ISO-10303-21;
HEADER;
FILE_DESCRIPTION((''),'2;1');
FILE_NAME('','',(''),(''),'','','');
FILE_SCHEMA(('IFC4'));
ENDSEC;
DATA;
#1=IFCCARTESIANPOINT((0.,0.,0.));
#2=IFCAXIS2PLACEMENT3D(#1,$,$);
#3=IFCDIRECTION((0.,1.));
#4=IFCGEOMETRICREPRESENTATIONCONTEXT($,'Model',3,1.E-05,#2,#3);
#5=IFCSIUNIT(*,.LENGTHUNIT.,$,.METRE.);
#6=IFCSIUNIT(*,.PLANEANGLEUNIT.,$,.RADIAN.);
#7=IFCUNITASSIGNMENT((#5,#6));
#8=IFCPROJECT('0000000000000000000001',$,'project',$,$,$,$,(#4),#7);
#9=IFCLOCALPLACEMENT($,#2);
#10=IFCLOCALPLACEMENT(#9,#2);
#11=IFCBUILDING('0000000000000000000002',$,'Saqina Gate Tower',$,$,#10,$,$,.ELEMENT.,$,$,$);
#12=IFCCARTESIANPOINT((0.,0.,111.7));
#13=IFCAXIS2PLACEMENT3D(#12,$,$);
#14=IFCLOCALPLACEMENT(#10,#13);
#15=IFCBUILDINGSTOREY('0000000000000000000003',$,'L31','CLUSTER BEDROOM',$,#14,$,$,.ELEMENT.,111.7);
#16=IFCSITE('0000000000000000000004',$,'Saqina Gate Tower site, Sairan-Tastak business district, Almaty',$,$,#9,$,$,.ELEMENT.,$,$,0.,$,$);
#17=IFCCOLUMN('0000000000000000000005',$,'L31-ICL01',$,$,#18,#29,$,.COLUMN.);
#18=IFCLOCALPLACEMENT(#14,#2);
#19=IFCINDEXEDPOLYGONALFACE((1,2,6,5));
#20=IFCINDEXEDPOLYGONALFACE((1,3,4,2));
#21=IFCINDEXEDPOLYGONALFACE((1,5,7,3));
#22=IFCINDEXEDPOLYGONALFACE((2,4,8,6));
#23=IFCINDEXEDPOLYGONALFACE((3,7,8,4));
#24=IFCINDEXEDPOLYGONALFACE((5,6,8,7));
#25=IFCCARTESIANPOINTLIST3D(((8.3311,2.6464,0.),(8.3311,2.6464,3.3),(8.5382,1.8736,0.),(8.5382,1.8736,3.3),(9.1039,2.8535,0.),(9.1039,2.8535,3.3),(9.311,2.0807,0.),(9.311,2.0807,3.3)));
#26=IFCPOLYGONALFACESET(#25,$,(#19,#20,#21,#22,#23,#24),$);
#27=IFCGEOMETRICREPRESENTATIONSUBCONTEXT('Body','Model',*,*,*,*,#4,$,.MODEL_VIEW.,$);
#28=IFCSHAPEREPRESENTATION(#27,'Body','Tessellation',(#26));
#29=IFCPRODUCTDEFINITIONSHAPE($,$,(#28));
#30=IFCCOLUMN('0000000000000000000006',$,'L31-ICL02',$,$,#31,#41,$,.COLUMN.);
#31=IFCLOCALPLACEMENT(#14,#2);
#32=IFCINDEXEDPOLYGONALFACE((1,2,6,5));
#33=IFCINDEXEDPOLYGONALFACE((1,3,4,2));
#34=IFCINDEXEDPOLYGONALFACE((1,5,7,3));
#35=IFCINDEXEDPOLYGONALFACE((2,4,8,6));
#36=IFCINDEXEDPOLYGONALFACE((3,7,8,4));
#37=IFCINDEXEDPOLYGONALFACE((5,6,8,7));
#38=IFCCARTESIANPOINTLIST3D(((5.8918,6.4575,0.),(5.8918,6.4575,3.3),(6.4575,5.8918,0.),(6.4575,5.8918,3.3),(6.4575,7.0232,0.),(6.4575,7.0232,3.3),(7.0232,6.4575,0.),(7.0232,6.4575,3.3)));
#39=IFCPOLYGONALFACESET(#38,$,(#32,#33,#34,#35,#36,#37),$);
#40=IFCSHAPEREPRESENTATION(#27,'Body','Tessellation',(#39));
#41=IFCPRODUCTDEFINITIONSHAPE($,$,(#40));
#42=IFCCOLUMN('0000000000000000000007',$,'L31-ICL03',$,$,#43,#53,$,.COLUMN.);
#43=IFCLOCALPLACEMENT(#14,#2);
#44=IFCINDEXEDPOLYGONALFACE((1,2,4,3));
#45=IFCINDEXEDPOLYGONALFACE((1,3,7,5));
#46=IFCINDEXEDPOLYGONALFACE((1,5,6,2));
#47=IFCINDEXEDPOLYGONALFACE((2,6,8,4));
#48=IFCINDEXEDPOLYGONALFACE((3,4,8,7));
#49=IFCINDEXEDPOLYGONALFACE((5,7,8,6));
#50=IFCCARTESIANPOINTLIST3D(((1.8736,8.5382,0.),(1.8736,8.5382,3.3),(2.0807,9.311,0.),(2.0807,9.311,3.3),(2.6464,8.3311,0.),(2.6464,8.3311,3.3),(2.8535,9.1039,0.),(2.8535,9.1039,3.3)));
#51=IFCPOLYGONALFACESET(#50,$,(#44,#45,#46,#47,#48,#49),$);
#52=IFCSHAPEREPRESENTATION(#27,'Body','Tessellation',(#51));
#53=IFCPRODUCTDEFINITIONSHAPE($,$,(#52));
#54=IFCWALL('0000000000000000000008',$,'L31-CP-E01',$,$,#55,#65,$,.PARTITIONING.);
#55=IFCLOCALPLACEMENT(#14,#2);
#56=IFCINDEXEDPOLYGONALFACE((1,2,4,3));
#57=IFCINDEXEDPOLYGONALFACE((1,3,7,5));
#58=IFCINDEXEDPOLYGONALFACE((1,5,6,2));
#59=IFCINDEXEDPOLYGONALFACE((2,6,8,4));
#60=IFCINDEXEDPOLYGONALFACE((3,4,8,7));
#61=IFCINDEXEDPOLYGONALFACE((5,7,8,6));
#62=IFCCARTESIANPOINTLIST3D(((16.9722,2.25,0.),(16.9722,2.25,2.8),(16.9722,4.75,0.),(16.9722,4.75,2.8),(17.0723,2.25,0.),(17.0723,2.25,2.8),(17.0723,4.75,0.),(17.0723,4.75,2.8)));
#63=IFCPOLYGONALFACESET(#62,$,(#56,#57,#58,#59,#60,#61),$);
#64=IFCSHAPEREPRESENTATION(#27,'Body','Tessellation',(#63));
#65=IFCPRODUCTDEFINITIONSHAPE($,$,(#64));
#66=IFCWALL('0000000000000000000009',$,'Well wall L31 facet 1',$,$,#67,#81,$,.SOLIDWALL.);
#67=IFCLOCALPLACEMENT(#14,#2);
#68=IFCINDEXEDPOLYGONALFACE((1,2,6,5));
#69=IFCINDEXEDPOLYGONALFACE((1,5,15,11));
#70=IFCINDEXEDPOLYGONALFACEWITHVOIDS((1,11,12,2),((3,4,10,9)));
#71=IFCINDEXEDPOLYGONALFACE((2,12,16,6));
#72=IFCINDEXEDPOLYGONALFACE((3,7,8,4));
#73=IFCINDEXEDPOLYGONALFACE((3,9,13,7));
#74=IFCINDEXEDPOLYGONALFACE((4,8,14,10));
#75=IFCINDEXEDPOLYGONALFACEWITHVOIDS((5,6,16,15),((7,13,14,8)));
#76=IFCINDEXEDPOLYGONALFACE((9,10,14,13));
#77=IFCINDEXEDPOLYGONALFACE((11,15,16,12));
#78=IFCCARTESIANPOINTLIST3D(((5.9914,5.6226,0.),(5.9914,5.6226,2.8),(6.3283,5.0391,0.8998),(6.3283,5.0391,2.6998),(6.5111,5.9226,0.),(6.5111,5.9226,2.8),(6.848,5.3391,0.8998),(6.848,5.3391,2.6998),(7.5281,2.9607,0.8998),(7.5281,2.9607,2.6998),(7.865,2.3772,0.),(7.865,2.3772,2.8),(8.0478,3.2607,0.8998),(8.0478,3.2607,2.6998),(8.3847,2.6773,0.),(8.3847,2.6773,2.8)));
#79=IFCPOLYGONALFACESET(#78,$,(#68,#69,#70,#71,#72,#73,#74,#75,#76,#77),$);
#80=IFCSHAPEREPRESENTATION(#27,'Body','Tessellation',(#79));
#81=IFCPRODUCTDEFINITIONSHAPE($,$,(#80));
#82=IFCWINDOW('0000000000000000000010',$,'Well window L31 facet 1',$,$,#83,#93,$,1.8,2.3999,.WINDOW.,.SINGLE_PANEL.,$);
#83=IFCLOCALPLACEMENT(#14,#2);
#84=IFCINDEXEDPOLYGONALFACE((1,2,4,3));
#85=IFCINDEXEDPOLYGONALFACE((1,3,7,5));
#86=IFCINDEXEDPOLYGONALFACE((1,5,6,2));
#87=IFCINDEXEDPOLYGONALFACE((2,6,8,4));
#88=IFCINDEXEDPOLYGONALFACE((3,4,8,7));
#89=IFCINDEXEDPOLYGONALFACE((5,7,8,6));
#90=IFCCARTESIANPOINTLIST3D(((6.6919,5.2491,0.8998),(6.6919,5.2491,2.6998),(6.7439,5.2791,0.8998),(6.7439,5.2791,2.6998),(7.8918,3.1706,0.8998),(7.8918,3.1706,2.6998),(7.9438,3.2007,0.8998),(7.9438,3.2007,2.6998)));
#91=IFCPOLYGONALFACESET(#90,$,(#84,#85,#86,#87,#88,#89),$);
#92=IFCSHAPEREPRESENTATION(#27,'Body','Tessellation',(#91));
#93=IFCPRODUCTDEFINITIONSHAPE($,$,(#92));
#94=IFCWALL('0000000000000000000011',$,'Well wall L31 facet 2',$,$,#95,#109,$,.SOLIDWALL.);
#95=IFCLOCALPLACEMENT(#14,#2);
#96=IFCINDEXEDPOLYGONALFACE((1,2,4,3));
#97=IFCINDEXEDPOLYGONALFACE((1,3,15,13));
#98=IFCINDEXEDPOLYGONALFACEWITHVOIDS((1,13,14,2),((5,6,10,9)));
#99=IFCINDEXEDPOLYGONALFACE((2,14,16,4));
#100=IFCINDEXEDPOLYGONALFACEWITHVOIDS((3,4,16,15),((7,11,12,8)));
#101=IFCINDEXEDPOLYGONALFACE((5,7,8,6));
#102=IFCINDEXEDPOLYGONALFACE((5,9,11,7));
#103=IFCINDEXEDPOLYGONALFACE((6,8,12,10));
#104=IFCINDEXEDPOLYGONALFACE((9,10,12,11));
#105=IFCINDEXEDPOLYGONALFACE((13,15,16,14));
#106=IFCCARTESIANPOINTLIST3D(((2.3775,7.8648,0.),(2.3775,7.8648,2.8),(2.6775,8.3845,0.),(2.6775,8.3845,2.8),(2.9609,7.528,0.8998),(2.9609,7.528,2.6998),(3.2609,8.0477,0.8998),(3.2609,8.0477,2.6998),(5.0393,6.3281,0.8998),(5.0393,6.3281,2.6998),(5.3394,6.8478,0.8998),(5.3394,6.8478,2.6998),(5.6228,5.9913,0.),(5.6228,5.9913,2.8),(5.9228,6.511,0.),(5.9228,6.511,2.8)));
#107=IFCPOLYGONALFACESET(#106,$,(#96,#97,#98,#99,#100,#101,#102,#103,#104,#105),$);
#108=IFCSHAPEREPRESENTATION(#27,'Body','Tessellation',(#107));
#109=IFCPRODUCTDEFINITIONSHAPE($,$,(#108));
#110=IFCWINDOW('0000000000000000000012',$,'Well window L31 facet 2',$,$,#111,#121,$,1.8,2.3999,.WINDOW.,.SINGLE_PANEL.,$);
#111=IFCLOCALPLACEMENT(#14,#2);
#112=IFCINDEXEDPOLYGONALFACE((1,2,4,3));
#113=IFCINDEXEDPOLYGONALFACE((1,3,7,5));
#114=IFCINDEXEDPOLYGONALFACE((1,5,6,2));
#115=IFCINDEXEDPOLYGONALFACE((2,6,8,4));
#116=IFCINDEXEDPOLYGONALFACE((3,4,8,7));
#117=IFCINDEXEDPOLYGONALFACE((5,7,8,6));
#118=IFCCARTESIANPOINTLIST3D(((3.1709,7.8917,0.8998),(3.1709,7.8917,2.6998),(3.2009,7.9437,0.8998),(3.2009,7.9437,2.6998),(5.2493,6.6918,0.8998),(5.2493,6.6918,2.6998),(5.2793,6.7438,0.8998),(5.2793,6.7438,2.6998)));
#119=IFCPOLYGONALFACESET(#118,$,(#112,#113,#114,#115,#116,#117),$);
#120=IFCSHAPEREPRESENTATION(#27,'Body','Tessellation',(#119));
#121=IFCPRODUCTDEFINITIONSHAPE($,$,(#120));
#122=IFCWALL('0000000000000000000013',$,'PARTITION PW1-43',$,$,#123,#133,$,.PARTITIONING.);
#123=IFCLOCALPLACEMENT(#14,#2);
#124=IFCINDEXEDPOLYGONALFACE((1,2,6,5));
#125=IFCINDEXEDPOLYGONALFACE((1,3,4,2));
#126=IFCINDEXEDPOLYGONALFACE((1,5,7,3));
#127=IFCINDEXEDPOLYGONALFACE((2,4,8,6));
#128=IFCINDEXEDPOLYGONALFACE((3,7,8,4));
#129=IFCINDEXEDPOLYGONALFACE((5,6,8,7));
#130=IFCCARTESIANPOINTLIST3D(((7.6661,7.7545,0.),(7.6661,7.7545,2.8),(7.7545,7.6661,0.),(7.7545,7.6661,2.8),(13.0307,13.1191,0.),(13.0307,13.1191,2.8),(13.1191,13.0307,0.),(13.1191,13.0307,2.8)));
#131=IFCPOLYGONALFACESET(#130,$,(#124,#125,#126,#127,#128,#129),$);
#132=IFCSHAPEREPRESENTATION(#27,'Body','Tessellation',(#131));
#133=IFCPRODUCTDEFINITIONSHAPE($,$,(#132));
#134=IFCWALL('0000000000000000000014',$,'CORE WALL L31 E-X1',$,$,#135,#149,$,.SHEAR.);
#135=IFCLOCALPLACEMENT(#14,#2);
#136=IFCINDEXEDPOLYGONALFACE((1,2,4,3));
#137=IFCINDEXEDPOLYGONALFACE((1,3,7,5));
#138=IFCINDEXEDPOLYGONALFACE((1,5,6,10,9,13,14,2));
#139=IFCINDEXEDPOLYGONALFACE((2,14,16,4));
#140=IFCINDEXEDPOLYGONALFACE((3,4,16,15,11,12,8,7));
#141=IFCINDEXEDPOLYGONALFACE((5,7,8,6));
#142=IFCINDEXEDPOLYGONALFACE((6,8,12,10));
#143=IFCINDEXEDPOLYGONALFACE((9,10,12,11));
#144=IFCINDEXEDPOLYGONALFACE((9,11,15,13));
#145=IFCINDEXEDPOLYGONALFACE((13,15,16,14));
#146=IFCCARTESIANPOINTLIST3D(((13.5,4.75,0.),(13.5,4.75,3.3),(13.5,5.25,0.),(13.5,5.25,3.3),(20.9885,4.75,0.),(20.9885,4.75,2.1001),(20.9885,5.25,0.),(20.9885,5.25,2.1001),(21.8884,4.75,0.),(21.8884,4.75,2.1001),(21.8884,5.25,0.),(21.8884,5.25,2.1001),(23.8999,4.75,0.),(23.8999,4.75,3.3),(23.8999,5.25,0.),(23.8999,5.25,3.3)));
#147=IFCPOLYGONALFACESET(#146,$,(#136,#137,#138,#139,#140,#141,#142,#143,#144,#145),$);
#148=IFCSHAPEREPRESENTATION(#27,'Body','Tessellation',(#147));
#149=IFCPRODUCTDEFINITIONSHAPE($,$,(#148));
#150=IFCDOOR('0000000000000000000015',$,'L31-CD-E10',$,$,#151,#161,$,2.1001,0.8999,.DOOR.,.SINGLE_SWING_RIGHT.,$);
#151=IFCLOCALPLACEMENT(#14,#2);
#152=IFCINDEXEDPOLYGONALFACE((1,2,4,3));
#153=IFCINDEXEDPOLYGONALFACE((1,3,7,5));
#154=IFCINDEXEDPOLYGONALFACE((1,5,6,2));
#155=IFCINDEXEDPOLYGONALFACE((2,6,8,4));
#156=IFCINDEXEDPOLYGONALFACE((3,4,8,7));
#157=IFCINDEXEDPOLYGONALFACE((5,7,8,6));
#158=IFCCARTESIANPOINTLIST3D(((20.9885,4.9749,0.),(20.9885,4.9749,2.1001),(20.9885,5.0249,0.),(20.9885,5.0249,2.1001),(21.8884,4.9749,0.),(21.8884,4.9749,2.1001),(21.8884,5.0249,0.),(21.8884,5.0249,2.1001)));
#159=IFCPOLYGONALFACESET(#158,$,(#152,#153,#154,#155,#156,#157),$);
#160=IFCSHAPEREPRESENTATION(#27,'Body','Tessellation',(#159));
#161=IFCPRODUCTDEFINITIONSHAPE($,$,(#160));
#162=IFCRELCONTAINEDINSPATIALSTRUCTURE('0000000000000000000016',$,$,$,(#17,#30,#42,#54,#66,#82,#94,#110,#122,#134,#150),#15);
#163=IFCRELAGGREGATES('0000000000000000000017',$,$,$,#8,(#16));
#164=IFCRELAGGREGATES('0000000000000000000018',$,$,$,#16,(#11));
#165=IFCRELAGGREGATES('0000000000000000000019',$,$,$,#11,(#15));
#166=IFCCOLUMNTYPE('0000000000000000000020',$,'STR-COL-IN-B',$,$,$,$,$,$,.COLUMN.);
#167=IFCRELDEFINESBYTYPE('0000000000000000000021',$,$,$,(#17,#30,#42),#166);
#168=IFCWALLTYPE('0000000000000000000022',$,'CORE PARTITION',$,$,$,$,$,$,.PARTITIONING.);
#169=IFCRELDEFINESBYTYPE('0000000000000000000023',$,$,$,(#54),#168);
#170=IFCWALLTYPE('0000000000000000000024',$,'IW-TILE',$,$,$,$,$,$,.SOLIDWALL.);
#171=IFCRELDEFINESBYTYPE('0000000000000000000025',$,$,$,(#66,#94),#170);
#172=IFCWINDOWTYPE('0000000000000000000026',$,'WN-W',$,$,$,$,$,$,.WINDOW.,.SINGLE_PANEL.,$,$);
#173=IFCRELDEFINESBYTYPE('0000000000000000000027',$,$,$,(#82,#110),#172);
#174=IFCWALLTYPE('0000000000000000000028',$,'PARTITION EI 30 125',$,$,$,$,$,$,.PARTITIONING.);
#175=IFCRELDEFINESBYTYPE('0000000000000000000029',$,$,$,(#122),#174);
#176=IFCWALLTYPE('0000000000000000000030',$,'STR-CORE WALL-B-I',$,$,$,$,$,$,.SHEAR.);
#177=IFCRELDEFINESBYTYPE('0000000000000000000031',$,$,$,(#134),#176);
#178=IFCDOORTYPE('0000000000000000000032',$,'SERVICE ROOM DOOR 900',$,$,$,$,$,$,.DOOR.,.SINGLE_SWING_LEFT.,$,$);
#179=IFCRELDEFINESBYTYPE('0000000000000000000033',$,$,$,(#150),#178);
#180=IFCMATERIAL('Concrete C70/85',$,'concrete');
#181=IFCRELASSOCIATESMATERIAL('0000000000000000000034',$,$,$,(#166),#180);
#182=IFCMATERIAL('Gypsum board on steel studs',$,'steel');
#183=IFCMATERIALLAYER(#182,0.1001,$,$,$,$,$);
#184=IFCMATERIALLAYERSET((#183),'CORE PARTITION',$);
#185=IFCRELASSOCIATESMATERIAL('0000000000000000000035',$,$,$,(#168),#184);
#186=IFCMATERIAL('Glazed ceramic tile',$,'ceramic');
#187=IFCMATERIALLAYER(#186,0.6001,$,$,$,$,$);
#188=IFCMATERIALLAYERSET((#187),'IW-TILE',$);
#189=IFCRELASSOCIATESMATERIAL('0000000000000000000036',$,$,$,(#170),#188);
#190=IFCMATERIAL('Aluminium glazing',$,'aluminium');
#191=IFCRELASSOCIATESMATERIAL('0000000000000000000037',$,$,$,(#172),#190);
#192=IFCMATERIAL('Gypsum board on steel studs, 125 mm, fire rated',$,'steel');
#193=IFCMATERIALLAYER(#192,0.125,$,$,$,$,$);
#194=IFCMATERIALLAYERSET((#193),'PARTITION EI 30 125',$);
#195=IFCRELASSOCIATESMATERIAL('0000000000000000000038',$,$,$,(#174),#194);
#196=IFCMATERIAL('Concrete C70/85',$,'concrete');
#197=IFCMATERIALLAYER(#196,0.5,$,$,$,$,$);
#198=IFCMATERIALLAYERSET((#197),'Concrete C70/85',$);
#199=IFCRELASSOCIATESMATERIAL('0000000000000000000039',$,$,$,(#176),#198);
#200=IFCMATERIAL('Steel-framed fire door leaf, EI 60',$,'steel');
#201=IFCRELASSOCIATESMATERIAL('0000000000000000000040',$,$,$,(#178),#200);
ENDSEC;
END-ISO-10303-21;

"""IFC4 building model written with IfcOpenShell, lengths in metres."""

from ifc_helpers import new_model, si_unit, direction, frame, frame_2d, origin, origin_2d, place, context, subcontext, project, spatial, rectangle, extrude, material, layer, layer_set, material_profile, profile_set, type_object, element, fill, save


model = new_model("IFC4")

# Units and contexts
model_context = context("Model", 3, precision=1e-05, world=origin(), true_north=direction((0.0, 1.0)))
body_context = subcontext(model_context, "Body", "Model", "MODEL_VIEW")
ifc_project = project(units=[si_unit("LENGTHUNIT", "METRE"), si_unit("PLANEANGLEUNIT", "RADIAN")], contexts=[model_context])

# Site, building, storey
site_placement = place(None, origin())
site = spatial("IfcSite", under=ifc_project, at=site_placement, Name="Saqina Gate Tower site, Sairan-Tastak business district, Almaty", CompositionType="ELEMENT", RefElevation=0.0)
building_placement = place(site_placement, origin())
building = spatial("IfcBuilding", under=site, at=building_placement, Name="Saqina Gate Tower", CompositionType="ELEMENT")
storey_placement = place(building_placement, frame((0.0, 0.0, 111.7)))
storey = spatial("IfcBuildingStorey", under=building, at=storey_placement, Name="L31", Description="CLUSTER BEDROOM", CompositionType="ELEMENT", Elevation=111.7)

# Columns
ifc_material_1 = material(Name="Concrete C70/85", Category="concrete")
ifc_material_profile = material_profile(ifc_material_1, rectangle(XDim=0.8, YDim=0.8, at=origin_2d()), Name="RC 800x800")
ifc_profile_set = profile_set([ifc_material_profile], Name="Concrete C70/85")
column_type = type_object("IfcColumnType", Name="STR-COL-IN-B", PredefinedType="COLUMN", material=ifc_profile_set)
for number, where, z_axis, x_axis, name in (
    (1, (8.821, 2.3635, 0.0), (0.0, 0.0, 1.0), (0.965926, 0.258819, 0.0), "L31-ICL01"),
    (2, (6.4575, 6.4575, 0.0), (0.0, 0.0, 1.0), (0.707107, 0.707107, 0.0), "L31-ICL02"),
    (3, (2.3635, 8.821, 0.0), (0.0, 0.0, 1.0), (0.258819, 0.965926, 0.0), "L31-ICL03"),
):
    element("IfcColumn", number, at=place(storey_placement, frame(where, z_axis=z_axis, x_axis=x_axis)), inside=storey, type_object=column_type, Name=name, PredefinedType="COLUMN", context=body_context, shape_type="SweptSolid", body=[
        extrude(rectangle(XDim=0.8, YDim=0.8, at=origin_2d()), origin(), (0.0, 0.0, 1.0), 3.3),
    ])

# Wall
ifc_material_2 = material(Name="Gypsum board on steel studs", Category="steel")
ifc_layer_1 = layer(ifc_material_2, 0.1001)
ifc_layer_set_1 = layer_set([ifc_layer_1], Name="CORE PARTITION")
wall_type_1 = type_object("IfcWallType", Name="CORE PARTITION", PredefinedType="PARTITIONING", material=ifc_layer_set_1)
wall_1_placement = place(storey_placement, frame((17.0222, 2.25, 0.0), z_axis=(0.0, 0.0, 1.0), x_axis=(0.0, 1.0, 0.0)))
element("IfcWall", 4, at=wall_1_placement, inside=storey, type_object=wall_type_1, Name="L31-CP-E01", PredefinedType="PARTITIONING", context=body_context, shape_type="SweptSolid", body=[
    extrude(rectangle(XDim=2.5, YDim=0.1001, at=frame_2d((1.25, 0.0))), origin(), (0.0, 0.0, 1.0), 2.8),
])

# Walls, openings, windows
ifc_material_3 = material(Name="Glazed ceramic tile", Category="ceramic")
ifc_layer_2 = layer(ifc_material_3, 0.6001)
ifc_layer_set_2 = layer_set([ifc_layer_2], Name="IW-TILE")
wall_type_2 = type_object("IfcWallType", Name="IW-TILE", PredefinedType="SOLIDWALL", material=ifc_layer_set_2)
wall_2_placement = place(storey_placement, frame((8.1248, 2.5273, 0.0), z_axis=(0.0, 0.0, 1.0), x_axis=(-0.499965, 0.866046, 0.0)))
wall_2 = element("IfcWall", 5, at=wall_2_placement, inside=storey, type_object=wall_type_2, Name="Well wall L31 facet 1", PredefinedType="SOLIDWALL", context=body_context, shape_type="SweptSolid", body=[
    extrude(rectangle(XDim=3.7473, YDim=0.6001, at=frame_2d((1.8735, 0.0))), origin(), (0.0, 0.0, 1.0), 2.8),
])
opening_1_placement = place(wall_2_placement, frame((0.6736, 0.0, 0.8999)))
opening_1 = element("IfcOpeningElement", 6, at=opening_1_placement, cuts=wall_2, PredefinedType="OPENING", context=body_context, shape_type="SweptSolid", body=[
    extrude(rectangle(XDim=2.3999, YDim=1.8, at=frame_2d((1.2, 0.8999))), frame((0.0, 0.312, 0.0), z_axis=(0.0, -1.0, 0.0), x_axis=(1.0, 0.0, 0.0)), (0.0, 0.0, 1.0), 0.624),
])
ifc_material_4 = material(Name="Aluminium glazing", Category="aluminium")
window_type = type_object("IfcWindowType", Name="WN-W", PartitioningType="SINGLE_PANEL", PredefinedType="WINDOW", material=ifc_material_4)
window_1_placement = place(opening_1_placement, origin())
window_1 = element("IfcWindow", 7, at=window_1_placement, inside=storey, type_object=window_type, Name="Well window L31 facet 1", OverallHeight=1.8, OverallWidth=2.3999, PartitioningType="SINGLE_PANEL", PredefinedType="WINDOW", context=body_context, shape_type="SweptSolid", body=[
    extrude(rectangle(XDim=2.3999, YDim=1.8, at=frame_2d((1.2, 0.8999))), frame((0.0, -0.1199, 0.0), z_axis=(0.0, -1.0, 0.0), x_axis=(1.0, 0.0, 0.0)), (0.0, 0.0, 1.0), 0.0601),
])
fill(opening_1, window_1)
wall_3_placement = place(storey_placement, frame((5.7727, 6.2512, 0.0), z_axis=(0.0, 0.0, 1.0), x_axis=(-0.866046, 0.499965, 0.0)))
wall_3 = element("IfcWall", 8, at=wall_3_placement, inside=storey, type_object=wall_type_2, Name="Well wall L31 facet 2", PredefinedType="SOLIDWALL", context=body_context, shape_type="SweptSolid", body=[
    extrude(rectangle(XDim=3.7473, YDim=0.6001, at=frame_2d((1.8735, 0.0))), origin(), (0.0, 0.0, 1.0), 2.8),
])
opening_2_placement = place(wall_3_placement, frame((0.6736, 0.0, 0.8999)))
opening_2 = element("IfcOpeningElement", 9, at=opening_2_placement, cuts=wall_3, PredefinedType="OPENING", context=body_context, shape_type="SweptSolid", body=[
    extrude(rectangle(XDim=2.3999, YDim=1.8, at=frame_2d((1.2, 0.8999))), frame((0.0, 0.312, 0.0), z_axis=(0.0, -1.0, 0.0), x_axis=(1.0, 0.0, 0.0)), (0.0, 0.0, 1.0), 0.624),
])
window_2_placement = place(opening_2_placement, origin())
window_2 = element("IfcWindow", 10, at=window_2_placement, inside=storey, type_object=window_type, Name="Well window L31 facet 2", OverallHeight=1.8, OverallWidth=2.3999, PartitioningType="SINGLE_PANEL", PredefinedType="WINDOW", context=body_context, shape_type="SweptSolid", body=[
    extrude(rectangle(XDim=2.3999, YDim=1.8, at=frame_2d((1.2, 0.8999))), frame((0.0, -0.1199, 0.0), z_axis=(0.0, -1.0, 0.0), x_axis=(1.0, 0.0, 0.0)), (0.0, 0.0, 1.0), 0.0601),
])
fill(opening_2, window_2)

# Wall
ifc_material_5 = material(Name="Gypsum board on steel studs, 125 mm, fire rated", Category="steel")
ifc_layer_3 = layer(ifc_material_5, 0.125)
ifc_layer_set_3 = layer_set([ifc_layer_3], Name="PARTITION EI 30 125")
wall_type_3 = type_object("IfcWallType", Name="PARTITION EI 30 125", PredefinedType="PARTITIONING", material=ifc_layer_set_3)
wall_4_placement = place(storey_placement, frame((7.7102, 7.7102, 0.0), z_axis=(0.0, 0.0, 1.0), x_axis=(0.707107, 0.707107, 0.0)))
element("IfcWall", 11, at=wall_4_placement, inside=storey, type_object=wall_type_3, Name="PARTITION PW1-43", PredefinedType="PARTITIONING", context=body_context, shape_type="SweptSolid", body=[
    extrude(rectangle(XDim=7.5867, YDim=0.125, at=frame_2d((3.7935, 0.0))), origin(), (0.0, 0.0, 1.0), 2.8),
])

# Wall, opening, door
ifc_material_6 = material(Name="Concrete C70/85", Category="concrete")
ifc_layer_4 = layer(ifc_material_6, 0.5)
ifc_layer_set_4 = layer_set([ifc_layer_4], Name="Concrete C70/85")
wall_type_4 = type_object("IfcWallType", Name="STR-CORE WALL-B-I", PredefinedType="SHEAR", material=ifc_layer_set_4)
wall_5_placement = place(storey_placement, frame((13.5, 5.0, 0.0), z_axis=(0.0, 0.0, 1.0), x_axis=(1.0, 0.0, 0.0)))
wall_5 = element("IfcWall", 12, at=wall_5_placement, inside=storey, type_object=wall_type_4, Name="CORE WALL L31 E-X1", PredefinedType="SHEAR", context=body_context, shape_type="SweptSolid", body=[
    extrude(rectangle(XDim=10.3999, YDim=0.5, at=frame_2d((5.2, 0.0))), origin(), (0.0, 0.0, 1.0), 3.3),
])
opening_3_placement = place(wall_5_placement, frame((7.4885, 0.0, 0.0)))
opening_3 = element("IfcOpeningElement", 13, at=opening_3_placement, cuts=wall_5, PredefinedType="OPENING", context=body_context, shape_type="SweptSolid", body=[
    extrude(rectangle(XDim=0.8999, YDim=2.1001, at=frame_2d((0.45, 1.05))), frame((0.0, 0.262, 0.0), z_axis=(0.0, -1.0, 0.0), x_axis=(1.0, 0.0, 0.0)), (0.0, 0.0, 1.0), 0.5239),
])
ifc_material_7 = material(Name="Steel-framed fire door leaf, EI 60", Category="steel")
door_type_1 = type_object("IfcDoorType", Name="SERVICE ROOM DOOR 900", OperationType="SINGLE_SWING_LEFT", PredefinedType="DOOR", material=ifc_material_7)
door_1_placement = place(opening_3_placement, origin())
door_1 = element("IfcDoor", 14, at=door_1_placement, inside=storey, type_object=door_type_1, Name="L31-CD-E10", OperationType="SINGLE_SWING_RIGHT", OverallHeight=2.1001, OverallWidth=0.8999, PredefinedType="DOOR", context=body_context, shape_type="SweptSolid", body=[
    extrude(rectangle(XDim=0.8999, YDim=2.1001, at=frame_2d((0.45, 1.05))), frame((0.0, 0.0249, 0.0), z_axis=(0.0, -1.0, 0.0), x_axis=(1.0, 0.0, 0.0)), (0.0, 0.0, 1.0), 0.05),
])
fill(opening_3, door_1)

save(model, "model.ifc")
